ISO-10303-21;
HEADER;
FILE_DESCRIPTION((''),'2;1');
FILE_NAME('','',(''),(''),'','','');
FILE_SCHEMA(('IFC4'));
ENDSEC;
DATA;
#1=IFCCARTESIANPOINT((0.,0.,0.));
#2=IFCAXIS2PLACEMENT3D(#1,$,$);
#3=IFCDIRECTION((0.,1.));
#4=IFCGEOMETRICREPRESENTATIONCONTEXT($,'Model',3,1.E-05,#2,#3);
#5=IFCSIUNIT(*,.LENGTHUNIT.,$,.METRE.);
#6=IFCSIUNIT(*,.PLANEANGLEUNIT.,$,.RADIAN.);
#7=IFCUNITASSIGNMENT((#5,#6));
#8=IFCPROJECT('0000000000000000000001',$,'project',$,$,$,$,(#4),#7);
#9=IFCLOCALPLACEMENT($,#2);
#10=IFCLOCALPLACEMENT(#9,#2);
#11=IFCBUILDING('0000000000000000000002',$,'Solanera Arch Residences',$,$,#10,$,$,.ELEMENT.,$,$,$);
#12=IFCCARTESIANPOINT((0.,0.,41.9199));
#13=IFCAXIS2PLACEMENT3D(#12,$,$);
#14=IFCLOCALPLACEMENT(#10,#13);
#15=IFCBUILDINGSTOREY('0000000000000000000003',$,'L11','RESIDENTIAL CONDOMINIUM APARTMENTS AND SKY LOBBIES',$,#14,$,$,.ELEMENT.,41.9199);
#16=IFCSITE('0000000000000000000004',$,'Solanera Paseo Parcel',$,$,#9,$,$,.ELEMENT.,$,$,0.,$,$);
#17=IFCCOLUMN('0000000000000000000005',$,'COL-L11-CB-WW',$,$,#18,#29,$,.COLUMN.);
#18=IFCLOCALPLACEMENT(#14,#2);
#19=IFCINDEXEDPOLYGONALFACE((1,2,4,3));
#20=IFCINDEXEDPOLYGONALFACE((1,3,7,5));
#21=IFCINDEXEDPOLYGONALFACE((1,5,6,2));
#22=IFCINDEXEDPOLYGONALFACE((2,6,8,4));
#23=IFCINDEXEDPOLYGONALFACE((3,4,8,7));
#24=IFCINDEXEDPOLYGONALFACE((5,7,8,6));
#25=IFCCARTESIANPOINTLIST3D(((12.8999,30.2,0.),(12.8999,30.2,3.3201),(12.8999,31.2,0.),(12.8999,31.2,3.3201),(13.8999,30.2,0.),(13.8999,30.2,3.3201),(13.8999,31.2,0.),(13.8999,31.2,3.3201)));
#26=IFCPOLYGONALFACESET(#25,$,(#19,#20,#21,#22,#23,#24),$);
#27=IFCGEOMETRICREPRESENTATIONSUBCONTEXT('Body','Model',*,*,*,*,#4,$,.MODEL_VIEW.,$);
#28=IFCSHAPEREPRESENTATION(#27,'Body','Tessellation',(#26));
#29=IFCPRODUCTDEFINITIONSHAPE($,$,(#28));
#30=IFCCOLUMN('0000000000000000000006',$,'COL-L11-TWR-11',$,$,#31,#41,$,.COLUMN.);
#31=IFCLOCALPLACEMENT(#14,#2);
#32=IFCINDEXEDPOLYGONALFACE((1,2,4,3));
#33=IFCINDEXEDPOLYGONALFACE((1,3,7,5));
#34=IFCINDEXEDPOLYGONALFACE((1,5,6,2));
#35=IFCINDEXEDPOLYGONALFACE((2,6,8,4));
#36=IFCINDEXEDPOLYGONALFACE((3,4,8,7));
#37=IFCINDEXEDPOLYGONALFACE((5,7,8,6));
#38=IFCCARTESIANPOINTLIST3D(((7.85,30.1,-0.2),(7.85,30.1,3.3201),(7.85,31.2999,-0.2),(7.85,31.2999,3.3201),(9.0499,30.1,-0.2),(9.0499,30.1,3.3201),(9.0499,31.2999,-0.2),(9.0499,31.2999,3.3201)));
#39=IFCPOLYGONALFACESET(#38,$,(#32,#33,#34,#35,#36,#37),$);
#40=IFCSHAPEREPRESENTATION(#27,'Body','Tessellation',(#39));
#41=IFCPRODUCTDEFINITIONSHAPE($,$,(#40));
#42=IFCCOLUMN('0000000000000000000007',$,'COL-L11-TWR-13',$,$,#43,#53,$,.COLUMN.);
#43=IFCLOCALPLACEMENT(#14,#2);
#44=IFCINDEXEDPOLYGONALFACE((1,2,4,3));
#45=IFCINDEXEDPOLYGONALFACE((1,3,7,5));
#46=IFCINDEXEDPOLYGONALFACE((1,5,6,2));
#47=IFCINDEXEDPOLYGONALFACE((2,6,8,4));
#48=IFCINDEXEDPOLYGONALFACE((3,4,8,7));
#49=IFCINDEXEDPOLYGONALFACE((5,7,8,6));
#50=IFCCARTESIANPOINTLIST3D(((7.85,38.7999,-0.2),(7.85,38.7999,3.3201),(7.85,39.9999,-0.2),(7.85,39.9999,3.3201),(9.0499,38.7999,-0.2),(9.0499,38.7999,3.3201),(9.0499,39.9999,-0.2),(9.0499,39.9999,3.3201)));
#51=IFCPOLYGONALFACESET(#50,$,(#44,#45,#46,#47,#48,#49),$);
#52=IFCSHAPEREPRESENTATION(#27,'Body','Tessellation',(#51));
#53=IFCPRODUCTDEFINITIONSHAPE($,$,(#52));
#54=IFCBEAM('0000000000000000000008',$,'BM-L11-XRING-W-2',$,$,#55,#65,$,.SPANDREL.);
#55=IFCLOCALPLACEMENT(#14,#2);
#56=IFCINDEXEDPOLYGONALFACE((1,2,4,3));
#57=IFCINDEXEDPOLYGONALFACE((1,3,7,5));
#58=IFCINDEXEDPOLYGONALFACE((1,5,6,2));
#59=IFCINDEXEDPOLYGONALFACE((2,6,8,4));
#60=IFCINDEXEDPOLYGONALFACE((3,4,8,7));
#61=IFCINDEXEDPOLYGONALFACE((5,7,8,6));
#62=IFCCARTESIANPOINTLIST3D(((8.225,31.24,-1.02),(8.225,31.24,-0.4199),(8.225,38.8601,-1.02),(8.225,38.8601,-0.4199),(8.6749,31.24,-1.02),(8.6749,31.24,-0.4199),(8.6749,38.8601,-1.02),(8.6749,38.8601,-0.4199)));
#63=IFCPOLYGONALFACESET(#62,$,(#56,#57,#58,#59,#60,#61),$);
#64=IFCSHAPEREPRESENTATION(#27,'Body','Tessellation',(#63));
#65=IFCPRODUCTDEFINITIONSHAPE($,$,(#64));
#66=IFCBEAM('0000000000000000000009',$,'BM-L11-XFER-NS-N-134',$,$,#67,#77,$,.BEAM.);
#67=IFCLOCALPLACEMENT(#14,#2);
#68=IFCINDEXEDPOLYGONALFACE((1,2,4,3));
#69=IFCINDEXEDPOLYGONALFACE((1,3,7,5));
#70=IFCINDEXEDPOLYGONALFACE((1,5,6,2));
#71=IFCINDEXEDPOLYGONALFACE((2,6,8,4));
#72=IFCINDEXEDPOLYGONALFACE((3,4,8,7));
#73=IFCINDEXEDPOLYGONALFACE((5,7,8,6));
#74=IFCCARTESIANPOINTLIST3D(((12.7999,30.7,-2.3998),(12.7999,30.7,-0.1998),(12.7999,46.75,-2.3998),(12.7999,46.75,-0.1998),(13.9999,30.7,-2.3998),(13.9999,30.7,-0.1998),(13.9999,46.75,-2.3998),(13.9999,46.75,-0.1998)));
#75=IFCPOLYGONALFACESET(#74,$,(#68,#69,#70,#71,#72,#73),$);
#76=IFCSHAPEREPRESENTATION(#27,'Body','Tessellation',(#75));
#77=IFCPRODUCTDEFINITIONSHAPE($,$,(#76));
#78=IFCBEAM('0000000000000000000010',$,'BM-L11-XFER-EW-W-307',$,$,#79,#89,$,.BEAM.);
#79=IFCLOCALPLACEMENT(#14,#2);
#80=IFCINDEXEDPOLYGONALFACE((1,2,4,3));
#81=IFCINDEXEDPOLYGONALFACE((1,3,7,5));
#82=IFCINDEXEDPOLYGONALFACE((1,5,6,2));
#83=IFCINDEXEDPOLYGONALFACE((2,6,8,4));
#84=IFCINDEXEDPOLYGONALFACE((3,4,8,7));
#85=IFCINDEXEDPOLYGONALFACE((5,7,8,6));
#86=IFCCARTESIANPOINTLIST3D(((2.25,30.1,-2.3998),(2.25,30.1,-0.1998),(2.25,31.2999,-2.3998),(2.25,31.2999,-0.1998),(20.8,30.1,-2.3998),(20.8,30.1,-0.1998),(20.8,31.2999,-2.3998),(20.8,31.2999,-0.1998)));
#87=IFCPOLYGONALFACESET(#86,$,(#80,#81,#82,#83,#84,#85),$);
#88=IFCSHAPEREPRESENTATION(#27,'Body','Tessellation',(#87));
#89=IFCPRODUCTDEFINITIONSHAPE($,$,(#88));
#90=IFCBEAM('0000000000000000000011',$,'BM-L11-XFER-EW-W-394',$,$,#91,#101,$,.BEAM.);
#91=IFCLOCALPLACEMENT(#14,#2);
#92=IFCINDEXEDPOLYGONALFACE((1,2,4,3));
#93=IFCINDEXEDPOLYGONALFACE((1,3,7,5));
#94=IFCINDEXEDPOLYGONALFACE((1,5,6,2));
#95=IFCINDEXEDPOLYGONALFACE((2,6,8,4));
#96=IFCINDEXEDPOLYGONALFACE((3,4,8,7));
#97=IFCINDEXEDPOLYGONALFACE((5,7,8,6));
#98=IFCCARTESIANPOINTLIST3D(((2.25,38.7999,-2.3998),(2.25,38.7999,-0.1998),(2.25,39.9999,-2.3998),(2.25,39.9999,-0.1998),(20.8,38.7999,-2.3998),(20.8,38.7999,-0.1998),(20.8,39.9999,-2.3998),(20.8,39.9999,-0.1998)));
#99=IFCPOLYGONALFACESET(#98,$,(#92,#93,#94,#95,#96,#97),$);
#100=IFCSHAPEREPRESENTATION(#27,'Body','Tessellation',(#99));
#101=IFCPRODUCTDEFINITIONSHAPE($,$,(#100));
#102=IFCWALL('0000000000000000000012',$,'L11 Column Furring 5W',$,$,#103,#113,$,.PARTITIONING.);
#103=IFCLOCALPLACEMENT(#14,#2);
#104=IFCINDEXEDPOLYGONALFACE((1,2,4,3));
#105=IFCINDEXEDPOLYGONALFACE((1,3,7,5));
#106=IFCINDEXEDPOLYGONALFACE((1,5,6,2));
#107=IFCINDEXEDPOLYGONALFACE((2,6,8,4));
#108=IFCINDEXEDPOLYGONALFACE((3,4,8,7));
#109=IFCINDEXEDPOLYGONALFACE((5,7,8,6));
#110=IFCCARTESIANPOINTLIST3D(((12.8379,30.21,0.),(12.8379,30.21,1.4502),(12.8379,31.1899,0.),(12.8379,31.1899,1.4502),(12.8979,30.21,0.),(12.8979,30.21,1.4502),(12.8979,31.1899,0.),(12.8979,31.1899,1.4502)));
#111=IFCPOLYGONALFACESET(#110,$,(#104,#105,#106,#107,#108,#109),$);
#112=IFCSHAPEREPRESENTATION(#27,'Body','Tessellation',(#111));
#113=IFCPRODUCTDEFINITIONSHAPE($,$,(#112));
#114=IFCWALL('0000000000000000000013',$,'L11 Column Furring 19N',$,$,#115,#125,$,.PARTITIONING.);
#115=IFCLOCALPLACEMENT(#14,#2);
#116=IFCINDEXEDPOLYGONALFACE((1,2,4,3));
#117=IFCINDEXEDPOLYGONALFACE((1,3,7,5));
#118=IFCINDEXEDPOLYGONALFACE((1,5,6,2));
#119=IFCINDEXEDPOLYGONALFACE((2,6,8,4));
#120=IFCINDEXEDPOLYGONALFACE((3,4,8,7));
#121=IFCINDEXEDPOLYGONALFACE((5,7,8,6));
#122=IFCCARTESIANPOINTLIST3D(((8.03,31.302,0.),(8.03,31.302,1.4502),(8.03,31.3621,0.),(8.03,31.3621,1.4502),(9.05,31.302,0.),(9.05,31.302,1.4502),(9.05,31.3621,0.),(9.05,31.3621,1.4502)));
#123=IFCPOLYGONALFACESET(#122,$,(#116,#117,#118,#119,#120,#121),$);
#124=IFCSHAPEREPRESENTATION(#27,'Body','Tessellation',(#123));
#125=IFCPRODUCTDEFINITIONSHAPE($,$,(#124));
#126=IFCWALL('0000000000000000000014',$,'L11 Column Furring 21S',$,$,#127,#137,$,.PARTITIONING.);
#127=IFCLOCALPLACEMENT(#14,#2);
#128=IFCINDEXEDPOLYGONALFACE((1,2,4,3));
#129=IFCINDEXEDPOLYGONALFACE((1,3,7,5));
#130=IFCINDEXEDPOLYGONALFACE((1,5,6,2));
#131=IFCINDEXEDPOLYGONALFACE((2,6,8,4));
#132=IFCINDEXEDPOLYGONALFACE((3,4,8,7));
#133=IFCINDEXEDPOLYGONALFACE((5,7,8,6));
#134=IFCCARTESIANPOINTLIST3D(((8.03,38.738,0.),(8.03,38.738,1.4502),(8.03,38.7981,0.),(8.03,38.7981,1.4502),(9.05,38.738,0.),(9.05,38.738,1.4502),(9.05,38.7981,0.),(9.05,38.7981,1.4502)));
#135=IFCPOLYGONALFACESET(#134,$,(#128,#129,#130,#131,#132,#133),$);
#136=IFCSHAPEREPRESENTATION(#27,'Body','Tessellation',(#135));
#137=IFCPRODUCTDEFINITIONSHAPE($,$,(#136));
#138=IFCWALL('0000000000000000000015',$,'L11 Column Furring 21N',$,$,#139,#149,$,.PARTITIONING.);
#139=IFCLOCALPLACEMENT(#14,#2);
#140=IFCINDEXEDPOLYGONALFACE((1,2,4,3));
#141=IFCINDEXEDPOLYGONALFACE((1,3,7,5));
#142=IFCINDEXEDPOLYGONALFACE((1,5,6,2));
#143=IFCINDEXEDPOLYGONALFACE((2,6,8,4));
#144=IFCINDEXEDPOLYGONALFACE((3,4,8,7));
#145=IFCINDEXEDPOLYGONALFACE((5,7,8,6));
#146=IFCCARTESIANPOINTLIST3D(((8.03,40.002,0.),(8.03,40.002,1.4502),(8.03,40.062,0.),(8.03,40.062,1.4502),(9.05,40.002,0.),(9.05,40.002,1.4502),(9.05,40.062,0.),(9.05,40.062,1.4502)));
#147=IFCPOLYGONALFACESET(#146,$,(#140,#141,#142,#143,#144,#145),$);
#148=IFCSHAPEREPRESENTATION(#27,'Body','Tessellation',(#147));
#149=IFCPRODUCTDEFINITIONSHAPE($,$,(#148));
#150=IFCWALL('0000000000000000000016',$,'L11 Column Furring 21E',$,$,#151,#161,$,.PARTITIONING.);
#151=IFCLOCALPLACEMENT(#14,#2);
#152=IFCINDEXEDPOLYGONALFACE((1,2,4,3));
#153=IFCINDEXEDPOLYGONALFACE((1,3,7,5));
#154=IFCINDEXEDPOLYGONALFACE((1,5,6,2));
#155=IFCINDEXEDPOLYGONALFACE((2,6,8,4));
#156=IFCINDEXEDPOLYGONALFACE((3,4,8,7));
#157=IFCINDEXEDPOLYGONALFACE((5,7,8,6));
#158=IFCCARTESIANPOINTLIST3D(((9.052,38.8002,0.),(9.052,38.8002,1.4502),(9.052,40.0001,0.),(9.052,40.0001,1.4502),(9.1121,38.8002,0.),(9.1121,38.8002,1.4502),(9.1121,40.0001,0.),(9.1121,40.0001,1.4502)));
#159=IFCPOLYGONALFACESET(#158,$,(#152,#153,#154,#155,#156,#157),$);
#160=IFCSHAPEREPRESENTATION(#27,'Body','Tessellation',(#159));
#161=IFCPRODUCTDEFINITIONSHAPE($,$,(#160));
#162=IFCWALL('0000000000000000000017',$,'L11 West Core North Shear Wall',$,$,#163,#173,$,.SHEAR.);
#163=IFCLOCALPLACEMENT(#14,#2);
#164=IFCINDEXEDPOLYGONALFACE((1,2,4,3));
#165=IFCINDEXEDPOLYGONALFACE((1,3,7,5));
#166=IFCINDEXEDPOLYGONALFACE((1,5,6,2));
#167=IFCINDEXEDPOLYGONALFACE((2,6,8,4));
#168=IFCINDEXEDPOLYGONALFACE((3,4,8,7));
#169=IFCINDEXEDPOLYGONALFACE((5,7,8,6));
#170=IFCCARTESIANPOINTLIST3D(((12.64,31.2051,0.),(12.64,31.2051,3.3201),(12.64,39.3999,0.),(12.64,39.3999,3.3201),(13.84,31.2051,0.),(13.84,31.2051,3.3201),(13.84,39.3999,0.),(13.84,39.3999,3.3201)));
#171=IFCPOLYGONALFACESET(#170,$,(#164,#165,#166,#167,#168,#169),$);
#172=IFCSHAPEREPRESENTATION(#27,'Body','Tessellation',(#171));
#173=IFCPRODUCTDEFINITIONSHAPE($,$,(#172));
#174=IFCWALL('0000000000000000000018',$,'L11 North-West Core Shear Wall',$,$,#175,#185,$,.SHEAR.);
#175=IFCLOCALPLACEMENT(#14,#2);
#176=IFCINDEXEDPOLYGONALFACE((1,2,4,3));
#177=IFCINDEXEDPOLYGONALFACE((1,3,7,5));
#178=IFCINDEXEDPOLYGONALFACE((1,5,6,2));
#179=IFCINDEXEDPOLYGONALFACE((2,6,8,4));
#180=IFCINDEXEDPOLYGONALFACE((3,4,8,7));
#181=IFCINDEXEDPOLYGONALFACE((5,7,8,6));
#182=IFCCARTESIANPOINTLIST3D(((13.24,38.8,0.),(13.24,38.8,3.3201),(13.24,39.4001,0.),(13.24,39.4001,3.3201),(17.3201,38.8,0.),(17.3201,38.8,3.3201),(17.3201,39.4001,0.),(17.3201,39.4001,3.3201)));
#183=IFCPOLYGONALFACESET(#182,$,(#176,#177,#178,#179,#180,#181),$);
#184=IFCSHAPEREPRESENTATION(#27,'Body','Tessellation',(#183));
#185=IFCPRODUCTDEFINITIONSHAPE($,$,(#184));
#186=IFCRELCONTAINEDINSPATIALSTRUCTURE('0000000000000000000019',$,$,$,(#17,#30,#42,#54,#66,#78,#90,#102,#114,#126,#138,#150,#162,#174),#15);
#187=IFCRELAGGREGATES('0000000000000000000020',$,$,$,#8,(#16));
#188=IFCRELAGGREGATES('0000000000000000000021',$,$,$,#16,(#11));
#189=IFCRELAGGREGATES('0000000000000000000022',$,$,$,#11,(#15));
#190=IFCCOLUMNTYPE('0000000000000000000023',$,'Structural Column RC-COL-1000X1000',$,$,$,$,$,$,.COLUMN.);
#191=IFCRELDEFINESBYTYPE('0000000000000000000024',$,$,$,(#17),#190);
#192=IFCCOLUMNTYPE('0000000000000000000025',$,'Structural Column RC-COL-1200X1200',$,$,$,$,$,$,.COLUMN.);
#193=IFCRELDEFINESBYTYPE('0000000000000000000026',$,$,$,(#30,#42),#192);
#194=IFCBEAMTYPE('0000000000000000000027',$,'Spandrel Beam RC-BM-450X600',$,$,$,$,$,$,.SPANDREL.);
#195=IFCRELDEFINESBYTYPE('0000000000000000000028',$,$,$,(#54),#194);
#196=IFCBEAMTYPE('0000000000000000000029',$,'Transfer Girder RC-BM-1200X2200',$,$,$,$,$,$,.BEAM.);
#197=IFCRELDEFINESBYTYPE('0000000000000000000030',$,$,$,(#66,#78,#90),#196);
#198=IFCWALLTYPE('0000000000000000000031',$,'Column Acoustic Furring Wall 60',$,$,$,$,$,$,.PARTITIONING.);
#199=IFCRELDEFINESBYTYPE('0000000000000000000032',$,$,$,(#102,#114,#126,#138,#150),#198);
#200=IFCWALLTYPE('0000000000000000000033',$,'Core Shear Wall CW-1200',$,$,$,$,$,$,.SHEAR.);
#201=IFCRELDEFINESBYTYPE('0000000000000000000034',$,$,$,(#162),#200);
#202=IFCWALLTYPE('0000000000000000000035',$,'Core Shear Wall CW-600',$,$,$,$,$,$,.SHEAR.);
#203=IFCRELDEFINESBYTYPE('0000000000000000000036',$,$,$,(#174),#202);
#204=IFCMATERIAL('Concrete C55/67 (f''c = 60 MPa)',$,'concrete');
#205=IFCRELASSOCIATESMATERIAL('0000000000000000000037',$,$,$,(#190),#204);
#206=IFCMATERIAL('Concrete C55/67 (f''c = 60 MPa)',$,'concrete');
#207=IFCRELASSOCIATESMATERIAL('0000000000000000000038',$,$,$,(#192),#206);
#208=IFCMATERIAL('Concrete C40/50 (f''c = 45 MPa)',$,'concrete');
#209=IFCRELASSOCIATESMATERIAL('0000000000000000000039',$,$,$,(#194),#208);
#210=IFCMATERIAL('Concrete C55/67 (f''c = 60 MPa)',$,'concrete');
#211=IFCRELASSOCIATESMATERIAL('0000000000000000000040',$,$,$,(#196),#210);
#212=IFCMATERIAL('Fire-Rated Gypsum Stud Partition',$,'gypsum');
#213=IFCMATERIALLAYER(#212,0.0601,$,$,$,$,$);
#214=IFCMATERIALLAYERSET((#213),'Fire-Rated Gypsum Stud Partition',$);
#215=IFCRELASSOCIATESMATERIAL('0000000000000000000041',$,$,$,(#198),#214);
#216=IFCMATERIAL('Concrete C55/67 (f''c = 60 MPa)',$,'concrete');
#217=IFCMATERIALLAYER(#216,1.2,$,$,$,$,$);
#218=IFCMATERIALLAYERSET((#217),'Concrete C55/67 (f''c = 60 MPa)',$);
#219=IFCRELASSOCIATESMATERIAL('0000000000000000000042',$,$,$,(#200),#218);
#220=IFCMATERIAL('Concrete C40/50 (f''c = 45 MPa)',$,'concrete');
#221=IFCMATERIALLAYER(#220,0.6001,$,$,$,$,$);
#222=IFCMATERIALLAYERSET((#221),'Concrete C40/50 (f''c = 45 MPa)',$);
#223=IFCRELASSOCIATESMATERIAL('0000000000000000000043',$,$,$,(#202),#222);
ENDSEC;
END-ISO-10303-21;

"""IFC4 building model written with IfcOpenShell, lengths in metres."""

from ifc_helpers import new_model, si_unit, direction, frame, frame_2d, origin, origin_2d, place, context, subcontext, project, spatial, rectangle, extrude, material, layer, layer_set, material_profile, profile_set, type_object, element, save


model = new_model("IFC4")

# Units and contexts
model_context = context("Model", 3, precision=1e-05, world=origin(), true_north=direction((0.0, 1.0)))
body_context = subcontext(model_context, "Body", "Model", "MODEL_VIEW")
ifc_project = project(units=[si_unit("LENGTHUNIT", "METRE"), si_unit("PLANEANGLEUNIT", "RADIAN")], contexts=[model_context])

# Site, building, storey
site_placement = place(None, origin())
site = spatial("IfcSite", under=ifc_project, at=site_placement, Name="Solanera Paseo Parcel", CompositionType="ELEMENT", RefElevation=0.0)
building_placement = place(site_placement, origin())
building = spatial("IfcBuilding", under=site, at=building_placement, Name="Solanera Arch Residences", CompositionType="ELEMENT")
storey_placement = place(building_placement, frame((0.0, 0.0, 41.9199)))
storey = spatial("IfcBuildingStorey", under=building, at=storey_placement, Name="L11", Description="RESIDENTIAL CONDOMINIUM APARTMENTS AND SKY LOBBIES", CompositionType="ELEMENT", Elevation=41.9199)

# Columns
ifc_material_1 = material(Name="Concrete C55/67 (f'c = 60 MPa)", Category="concrete")
ifc_material_profile_1 = material_profile(ifc_material_1, rectangle(XDim=1.0, YDim=1.0, at=origin_2d()))
ifc_profile_set_1 = profile_set([ifc_material_profile_1], Name="Concrete C55/67 (f'c = 60 MPa)")
column_type_1 = type_object("IfcColumnType", Name="Structural Column RC-COL-1000X1000", PredefinedType="COLUMN", material=ifc_profile_set_1)
column_placement = place(storey_placement, frame((13.3999, 30.7, 0.0), z_axis=(0.0, 0.0, 1.0), x_axis=(1.0, 0.0, 0.0)))
element("IfcColumn", 1, at=column_placement, inside=storey, type_object=column_type_1, Name="COL-L11-CB-WW", PredefinedType="COLUMN", context=body_context, shape_type="SweptSolid", body=[
    extrude(rectangle(XDim=1.0, YDim=1.0, at=origin_2d()), origin(), (0.0, 0.0, 1.0), 3.3201),
])
ifc_material_2 = material(Name="Concrete C55/67 (f'c = 60 MPa)", Category="concrete")
ifc_material_profile_2 = material_profile(ifc_material_2, rectangle(XDim=1.2, YDim=1.2, at=origin_2d()))
ifc_profile_set_2 = profile_set([ifc_material_profile_2], Name="Concrete C55/67 (f'c = 60 MPa)")
column_type_2 = type_object("IfcColumnType", Name="Structural Column RC-COL-1200X1200", PredefinedType="COLUMN", material=ifc_profile_set_2)
for number, where, z_axis, x_axis, name in (
    (2, (8.45, 30.7, -0.2), (0.0, 0.0, 1.0), (1.0, 0.0, 0.0), "COL-L11-TWR-11"),
    (3, (8.45, 39.3999, -0.2), (0.0, 0.0, 1.0), (1.0, 0.0, 0.0), "COL-L11-TWR-13"),
):
    element("IfcColumn", number, at=place(storey_placement, frame(where, z_axis=z_axis, x_axis=x_axis)), inside=storey, type_object=column_type_2, Name=name, PredefinedType="COLUMN", context=body_context, shape_type="SweptSolid", body=[
        extrude(rectangle(XDim=1.2, YDim=1.2, at=origin_2d()), origin(), (0.0, 0.0, 1.0), 3.52),
    ])

# Beams
ifc_material_3 = material(Name="Concrete C40/50 (f'c = 45 MPa)", Category="concrete")
ifc_material_profile_3 = material_profile(ifc_material_3, rectangle(XDim=0.45, YDim=0.6001, at=origin_2d()))
ifc_profile_set_3 = profile_set([ifc_material_profile_3], Name="Concrete C40/50 (f'c = 45 MPa)")
beam_type_1 = type_object("IfcBeamType", Name="Spandrel Beam RC-BM-450X600", PredefinedType="SPANDREL", material=ifc_profile_set_3)
beam_1_placement = place(storey_placement, frame((8.45, 31.24, -0.72), z_axis=(0.0, 1.0, 0.0), x_axis=(-1.0, 0.0, 0.0)))
element("IfcBeam", 4, at=beam_1_placement, inside=storey, type_object=beam_type_1, Name="BM-L11-XRING-W-2", PredefinedType="SPANDREL", context=body_context, shape_type="SweptSolid", body=[
    extrude(rectangle(XDim=0.45, YDim=0.6001, at=origin_2d()), origin(), (0.0, 0.0, 1.0), 7.6201),
])
ifc_material_4 = material(Name="Concrete C55/67 (f'c = 60 MPa)", Category="concrete")
ifc_material_profile_4 = material_profile(ifc_material_4, rectangle(XDim=1.2, YDim=2.2, at=origin_2d()))
ifc_profile_set_4 = profile_set([ifc_material_profile_4], Name="Concrete C55/67 (f'c = 60 MPa)")
beam_type_2 = type_object("IfcBeamType", Name="Transfer Girder RC-BM-1200X2200", PredefinedType="BEAM", material=ifc_profile_set_4)
beam_2_placement = place(storey_placement, frame((13.3999, 30.7, -1.2998), z_axis=(0.0, 1.0, 0.0), x_axis=(-1.0, 0.0, 0.0)))
element("IfcBeam", 5, at=beam_2_placement, inside=storey, type_object=beam_type_2, Name="BM-L11-XFER-NS-N-134", PredefinedType="BEAM", context=body_context, shape_type="SweptSolid", body=[
    extrude(rectangle(XDim=1.2, YDim=2.2, at=origin_2d()), origin(), (0.0, 0.0, 1.0), 16.05),
])
for number, where, z_axis, x_axis, name in (
    (6, (2.25, 30.7, -1.2998), (1.0, 0.0, 0.0), (0.0, 1.0, 0.0), "BM-L11-XFER-EW-W-307"),
    (7, (2.25, 39.3999, -1.2998), (1.0, 0.0, 0.0), (0.0, 1.0, 0.0), "BM-L11-XFER-EW-W-394"),
):
    element("IfcBeam", number, at=place(storey_placement, frame(where, z_axis=z_axis, x_axis=x_axis)), inside=storey, type_object=beam_type_2, Name=name, PredefinedType="BEAM", context=body_context, shape_type="SweptSolid", body=[
        extrude(rectangle(XDim=1.2, YDim=2.2, at=origin_2d()), origin(), (0.0, 0.0, 1.0), 18.55),
    ])

# Walls
ifc_material_5 = material(Name="Fire-Rated Gypsum Stud Partition", Category="gypsum")
ifc_layer_1 = layer(ifc_material_5, 0.0601)
ifc_layer_set_1 = layer_set([ifc_layer_1], Name="Fire-Rated Gypsum Stud Partition")
wall_type_1 = type_object("IfcWallType", Name="Column Acoustic Furring Wall 60", PredefinedType="PARTITIONING", material=ifc_layer_set_1)
wall_1_placement = place(storey_placement, frame((12.8679, 30.21, 0.0), z_axis=(0.0, 0.0, 1.0), x_axis=(0.0, 1.0, 0.0)))
element("IfcWall", 8, at=wall_1_placement, inside=storey, type_object=wall_type_1, Name="L11 Column Furring 5W", PredefinedType="PARTITIONING", context=body_context, shape_type="SweptSolid", body=[
    extrude(rectangle(XDim=0.98, YDim=0.0601, at=frame_2d((0.49, 0.0))), origin(), (0.0, 0.0, 1.0), 1.4502),
])
for number, where, z_axis, x_axis, name in (
    (9, (8.03, 31.332, 0.0), (0.0, 0.0, 1.0), (1.0, 0.0, 0.0), "L11 Column Furring 19N"),
    (10, (8.03, 38.7681, 0.0), (0.0, 0.0, 1.0), (1.0, 0.0, 0.0), "L11 Column Furring 21S"),
    (11, (8.03, 40.032, 0.0), (0.0, 0.0, 1.0), (1.0, 0.0, 0.0), "L11 Column Furring 21N"),
):
    element("IfcWall", number, at=place(storey_placement, frame(where, z_axis=z_axis, x_axis=x_axis)), inside=storey, type_object=wall_type_1, Name=name, PredefinedType="PARTITIONING", context=body_context, shape_type="SweptSolid", body=[
        extrude(rectangle(XDim=1.02, YDim=0.0601, at=frame_2d((0.51, 0.0))), origin(), (0.0, 0.0, 1.0), 1.4502),
    ])
wall_2_placement = place(storey_placement, frame((9.082, 38.8, 0.0), z_axis=(0.0, 0.0, 1.0), x_axis=(0.0, 1.0, 0.0)))
element("IfcWall", 12, at=wall_2_placement, inside=storey, type_object=wall_type_1, Name="L11 Column Furring 21E", PredefinedType="PARTITIONING", context=body_context, shape_type="SweptSolid", body=[
    extrude(rectangle(XDim=1.2, YDim=0.0601, at=frame_2d((0.6001, 0.0))), origin(), (0.0, 0.0, 1.0), 1.4502),
])
ifc_material_6 = material(Name="Concrete C55/67 (f'c = 60 MPa)", Category="concrete")
ifc_layer_2 = layer(ifc_material_6, 1.2)
ifc_layer_set_2 = layer_set([ifc_layer_2], Name="Concrete C55/67 (f'c = 60 MPa)")
wall_type_2 = type_object("IfcWallType", Name="Core Shear Wall CW-1200", PredefinedType="SHEAR", material=ifc_layer_set_2)
wall_3_placement = place(storey_placement, frame((13.24, 31.2051, 0.0), z_axis=(0.0, 0.0, 1.0), x_axis=(0.0, 1.0, 0.0)))
element("IfcWall", 13, at=wall_3_placement, inside=storey, type_object=wall_type_2, Name="L11 West Core North Shear Wall", PredefinedType="SHEAR", context=body_context, shape_type="SweptSolid", body=[
    extrude(rectangle(XDim=8.1948, YDim=1.2, at=frame_2d((4.0974, 0.0))), origin(), (0.0, 0.0, 1.0), 3.3201),
])
ifc_material_7 = material(Name="Concrete C40/50 (f'c = 45 MPa)", Category="concrete")
ifc_layer_3 = layer(ifc_material_7, 0.6001)
ifc_layer_set_3 = layer_set([ifc_layer_3], Name="Concrete C40/50 (f'c = 45 MPa)")
wall_type_3 = type_object("IfcWallType", Name="Core Shear Wall CW-600", PredefinedType="SHEAR", material=ifc_layer_set_3)
wall_4_placement = place(storey_placement, frame((13.24, 39.1001, 0.0), z_axis=(0.0, 0.0, 1.0), x_axis=(1.0, 0.0, 0.0)))
element("IfcWall", 14, at=wall_4_placement, inside=storey, type_object=wall_type_3, Name="L11 North-West Core Shear Wall", PredefinedType="SHEAR", context=body_context, shape_type="SweptSolid", body=[
    extrude(rectangle(XDim=4.0801, YDim=0.6001, at=frame_2d((2.04, 0.0))), origin(), (0.0, 0.0, 1.0), 3.3201),
])

save(model, "model.ifc")
